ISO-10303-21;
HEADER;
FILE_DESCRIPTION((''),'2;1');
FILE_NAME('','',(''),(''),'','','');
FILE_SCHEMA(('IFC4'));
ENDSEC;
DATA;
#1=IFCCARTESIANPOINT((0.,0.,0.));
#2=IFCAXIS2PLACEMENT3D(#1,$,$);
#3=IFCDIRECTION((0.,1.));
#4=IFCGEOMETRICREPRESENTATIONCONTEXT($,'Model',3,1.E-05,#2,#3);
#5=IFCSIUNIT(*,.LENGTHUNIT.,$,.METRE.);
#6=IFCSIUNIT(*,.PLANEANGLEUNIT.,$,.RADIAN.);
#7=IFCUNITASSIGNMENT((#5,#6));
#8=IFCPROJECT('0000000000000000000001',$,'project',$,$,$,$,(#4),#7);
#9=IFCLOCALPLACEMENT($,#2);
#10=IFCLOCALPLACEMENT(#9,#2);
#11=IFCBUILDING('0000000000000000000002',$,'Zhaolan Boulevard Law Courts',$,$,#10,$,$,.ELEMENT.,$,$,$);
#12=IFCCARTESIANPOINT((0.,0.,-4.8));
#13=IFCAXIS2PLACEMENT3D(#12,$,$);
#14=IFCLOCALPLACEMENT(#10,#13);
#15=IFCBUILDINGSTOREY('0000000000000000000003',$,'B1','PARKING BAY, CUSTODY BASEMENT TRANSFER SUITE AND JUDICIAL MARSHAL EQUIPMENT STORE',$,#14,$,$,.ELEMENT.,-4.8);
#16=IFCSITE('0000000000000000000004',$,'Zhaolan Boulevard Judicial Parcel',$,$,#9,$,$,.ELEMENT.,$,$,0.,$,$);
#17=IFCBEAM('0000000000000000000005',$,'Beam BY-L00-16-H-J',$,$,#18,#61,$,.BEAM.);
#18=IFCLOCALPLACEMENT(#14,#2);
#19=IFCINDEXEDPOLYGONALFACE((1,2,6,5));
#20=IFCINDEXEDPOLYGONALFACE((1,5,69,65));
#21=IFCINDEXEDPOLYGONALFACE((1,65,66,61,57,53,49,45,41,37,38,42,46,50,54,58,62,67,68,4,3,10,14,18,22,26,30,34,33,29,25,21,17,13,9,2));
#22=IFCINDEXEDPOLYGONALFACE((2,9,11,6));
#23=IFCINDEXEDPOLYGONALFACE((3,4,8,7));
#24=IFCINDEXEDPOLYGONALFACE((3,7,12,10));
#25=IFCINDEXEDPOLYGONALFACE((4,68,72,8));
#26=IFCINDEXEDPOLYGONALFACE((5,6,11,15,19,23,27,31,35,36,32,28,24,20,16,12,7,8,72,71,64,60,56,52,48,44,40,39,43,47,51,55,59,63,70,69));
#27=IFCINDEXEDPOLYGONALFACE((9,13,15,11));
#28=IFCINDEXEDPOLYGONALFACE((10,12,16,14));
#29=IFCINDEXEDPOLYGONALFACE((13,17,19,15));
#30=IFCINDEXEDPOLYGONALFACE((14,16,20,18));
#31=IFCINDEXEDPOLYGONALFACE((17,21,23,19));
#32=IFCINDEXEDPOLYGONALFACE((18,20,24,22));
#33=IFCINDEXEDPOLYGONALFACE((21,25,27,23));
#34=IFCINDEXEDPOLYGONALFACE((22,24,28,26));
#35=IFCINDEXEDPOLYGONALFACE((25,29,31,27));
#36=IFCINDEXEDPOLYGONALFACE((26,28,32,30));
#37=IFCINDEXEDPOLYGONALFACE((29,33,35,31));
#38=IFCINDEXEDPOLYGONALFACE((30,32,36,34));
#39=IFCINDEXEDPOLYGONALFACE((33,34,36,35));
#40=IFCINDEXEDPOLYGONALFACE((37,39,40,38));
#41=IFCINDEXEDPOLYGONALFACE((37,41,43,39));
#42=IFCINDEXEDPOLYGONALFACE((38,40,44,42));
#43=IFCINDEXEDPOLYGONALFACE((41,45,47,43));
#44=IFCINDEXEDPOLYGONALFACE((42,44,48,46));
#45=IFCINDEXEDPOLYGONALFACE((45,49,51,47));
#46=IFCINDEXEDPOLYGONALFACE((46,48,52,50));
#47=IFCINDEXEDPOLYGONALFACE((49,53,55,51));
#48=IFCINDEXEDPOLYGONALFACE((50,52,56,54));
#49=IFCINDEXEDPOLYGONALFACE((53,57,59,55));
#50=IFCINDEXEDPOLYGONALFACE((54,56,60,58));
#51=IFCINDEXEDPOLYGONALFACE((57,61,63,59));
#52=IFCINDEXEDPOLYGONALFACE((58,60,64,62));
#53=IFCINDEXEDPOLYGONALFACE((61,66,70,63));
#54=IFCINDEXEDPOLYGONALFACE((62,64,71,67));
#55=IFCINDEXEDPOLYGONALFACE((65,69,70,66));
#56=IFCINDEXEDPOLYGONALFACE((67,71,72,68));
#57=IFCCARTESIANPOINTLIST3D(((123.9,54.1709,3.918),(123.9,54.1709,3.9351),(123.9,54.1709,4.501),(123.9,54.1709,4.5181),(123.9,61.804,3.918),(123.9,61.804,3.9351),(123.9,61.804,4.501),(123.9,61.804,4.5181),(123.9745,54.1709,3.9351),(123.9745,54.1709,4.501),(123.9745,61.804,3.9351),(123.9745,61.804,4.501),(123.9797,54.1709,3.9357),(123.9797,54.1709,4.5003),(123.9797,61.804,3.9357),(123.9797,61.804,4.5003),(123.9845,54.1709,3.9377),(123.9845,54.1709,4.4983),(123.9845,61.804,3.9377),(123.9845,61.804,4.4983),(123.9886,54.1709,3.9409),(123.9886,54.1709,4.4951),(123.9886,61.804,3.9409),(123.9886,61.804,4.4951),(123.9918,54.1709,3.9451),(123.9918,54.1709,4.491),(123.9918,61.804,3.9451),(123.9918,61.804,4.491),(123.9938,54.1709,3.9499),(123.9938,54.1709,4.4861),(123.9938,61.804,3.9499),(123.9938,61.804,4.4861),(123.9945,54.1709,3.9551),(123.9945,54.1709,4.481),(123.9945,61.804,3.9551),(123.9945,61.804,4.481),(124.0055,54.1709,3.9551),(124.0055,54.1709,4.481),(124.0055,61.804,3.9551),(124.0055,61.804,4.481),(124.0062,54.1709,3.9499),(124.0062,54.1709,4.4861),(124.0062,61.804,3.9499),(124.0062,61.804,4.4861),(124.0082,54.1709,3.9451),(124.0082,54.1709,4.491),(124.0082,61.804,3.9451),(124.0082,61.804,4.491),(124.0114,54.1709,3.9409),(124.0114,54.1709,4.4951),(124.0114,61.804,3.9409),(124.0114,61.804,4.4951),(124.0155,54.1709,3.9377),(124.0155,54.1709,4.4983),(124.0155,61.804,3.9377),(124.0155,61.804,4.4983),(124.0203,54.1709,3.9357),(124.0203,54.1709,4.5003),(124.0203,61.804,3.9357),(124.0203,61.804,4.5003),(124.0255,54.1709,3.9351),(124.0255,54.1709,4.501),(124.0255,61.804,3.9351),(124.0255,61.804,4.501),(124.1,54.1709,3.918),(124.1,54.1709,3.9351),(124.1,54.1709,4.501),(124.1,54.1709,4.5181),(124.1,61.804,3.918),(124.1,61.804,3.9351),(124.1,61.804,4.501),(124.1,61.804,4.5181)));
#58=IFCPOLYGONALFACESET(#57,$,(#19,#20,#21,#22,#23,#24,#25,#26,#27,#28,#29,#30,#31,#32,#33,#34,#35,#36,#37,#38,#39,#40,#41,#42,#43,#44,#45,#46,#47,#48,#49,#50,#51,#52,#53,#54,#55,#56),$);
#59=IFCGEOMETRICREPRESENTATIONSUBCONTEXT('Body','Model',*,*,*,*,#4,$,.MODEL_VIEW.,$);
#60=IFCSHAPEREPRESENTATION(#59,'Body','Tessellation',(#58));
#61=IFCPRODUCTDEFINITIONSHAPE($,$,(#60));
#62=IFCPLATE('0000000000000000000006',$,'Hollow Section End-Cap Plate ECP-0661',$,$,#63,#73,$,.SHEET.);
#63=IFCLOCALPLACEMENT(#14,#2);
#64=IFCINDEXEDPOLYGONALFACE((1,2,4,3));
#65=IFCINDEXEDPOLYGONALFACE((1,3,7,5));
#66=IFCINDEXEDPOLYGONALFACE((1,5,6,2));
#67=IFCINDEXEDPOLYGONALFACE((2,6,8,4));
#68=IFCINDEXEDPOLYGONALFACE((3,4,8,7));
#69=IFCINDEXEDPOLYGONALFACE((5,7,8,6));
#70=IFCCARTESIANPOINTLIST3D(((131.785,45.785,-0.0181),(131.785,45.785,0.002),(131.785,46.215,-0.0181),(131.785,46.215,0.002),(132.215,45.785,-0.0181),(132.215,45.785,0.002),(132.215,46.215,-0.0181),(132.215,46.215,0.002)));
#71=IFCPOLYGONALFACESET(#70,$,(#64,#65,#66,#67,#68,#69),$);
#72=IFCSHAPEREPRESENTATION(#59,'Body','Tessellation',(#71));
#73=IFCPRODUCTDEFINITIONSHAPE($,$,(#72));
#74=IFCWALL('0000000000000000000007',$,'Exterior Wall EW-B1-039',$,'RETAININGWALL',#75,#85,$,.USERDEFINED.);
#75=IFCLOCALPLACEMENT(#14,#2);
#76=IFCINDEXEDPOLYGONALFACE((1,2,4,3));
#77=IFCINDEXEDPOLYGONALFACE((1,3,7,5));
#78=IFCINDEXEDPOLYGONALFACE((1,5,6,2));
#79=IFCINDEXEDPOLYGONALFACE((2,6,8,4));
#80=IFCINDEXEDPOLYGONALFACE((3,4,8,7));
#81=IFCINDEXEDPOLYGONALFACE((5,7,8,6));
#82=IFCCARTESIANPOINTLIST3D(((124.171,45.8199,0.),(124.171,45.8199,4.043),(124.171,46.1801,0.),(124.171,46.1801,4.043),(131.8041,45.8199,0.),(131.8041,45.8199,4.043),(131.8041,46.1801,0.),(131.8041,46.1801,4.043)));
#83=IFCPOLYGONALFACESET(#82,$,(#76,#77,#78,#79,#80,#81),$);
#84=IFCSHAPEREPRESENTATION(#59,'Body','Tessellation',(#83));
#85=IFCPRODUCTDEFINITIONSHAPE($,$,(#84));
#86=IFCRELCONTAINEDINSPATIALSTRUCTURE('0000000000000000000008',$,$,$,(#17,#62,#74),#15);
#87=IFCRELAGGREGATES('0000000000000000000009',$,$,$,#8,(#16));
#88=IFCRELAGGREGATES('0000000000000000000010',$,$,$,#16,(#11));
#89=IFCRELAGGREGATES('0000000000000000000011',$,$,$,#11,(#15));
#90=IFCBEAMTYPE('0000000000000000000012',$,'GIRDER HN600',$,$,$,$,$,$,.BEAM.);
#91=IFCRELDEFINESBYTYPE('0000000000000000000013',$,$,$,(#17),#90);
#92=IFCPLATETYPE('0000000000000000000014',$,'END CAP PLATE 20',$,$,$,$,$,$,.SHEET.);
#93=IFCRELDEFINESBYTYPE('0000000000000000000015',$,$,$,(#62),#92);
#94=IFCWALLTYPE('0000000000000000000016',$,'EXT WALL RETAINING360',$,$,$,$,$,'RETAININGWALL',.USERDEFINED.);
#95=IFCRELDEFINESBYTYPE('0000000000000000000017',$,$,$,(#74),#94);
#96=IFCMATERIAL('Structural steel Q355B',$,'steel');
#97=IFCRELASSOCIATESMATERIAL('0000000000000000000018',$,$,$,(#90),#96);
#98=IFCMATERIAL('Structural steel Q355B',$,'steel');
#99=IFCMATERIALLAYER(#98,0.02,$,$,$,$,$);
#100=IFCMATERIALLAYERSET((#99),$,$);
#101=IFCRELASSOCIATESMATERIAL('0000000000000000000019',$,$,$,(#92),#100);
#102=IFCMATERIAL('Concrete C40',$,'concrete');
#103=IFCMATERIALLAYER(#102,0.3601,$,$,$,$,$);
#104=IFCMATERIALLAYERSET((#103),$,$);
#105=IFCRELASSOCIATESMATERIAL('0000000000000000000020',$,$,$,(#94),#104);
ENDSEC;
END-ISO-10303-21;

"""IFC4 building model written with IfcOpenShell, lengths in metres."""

from ifc_helpers import new_model, si_unit, direction, frame, frame_2d, origin, origin_2d, place, context, subcontext, project, spatial, rectangle, i_section, extrude, material, layer, layer_set, material_profile, profile_set, type_object, element, save


model = new_model("IFC4")

# Units and contexts
model_context = context("Model", 3, precision=1e-05, world=origin(), true_north=direction((0.0, 1.0)))
body_context = subcontext(model_context, "Body", "Model", "MODEL_VIEW")
ifc_project = project(units=[si_unit("LENGTHUNIT", "METRE"), si_unit("PLANEANGLEUNIT", "RADIAN")], contexts=[model_context])

# Site, building, storey
site_placement = place(None, origin())
site = spatial("IfcSite", under=ifc_project, at=site_placement, Name="Zhaolan Boulevard Judicial Parcel", CompositionType="ELEMENT", RefElevation=0.0)
building_placement = place(site_placement, origin())
building = spatial("IfcBuilding", under=site, at=building_placement, Name="Zhaolan Boulevard Law Courts", CompositionType="ELEMENT")
storey_placement = place(building_placement, frame((0.0, 0.0, -4.8)))
storey = spatial("IfcBuildingStorey", under=building, at=storey_placement, Name="B1", Description="PARKING BAY, CUSTODY BASEMENT TRANSFER SUITE AND JUDICIAL MARSHAL EQUIPMENT STORE", CompositionType="ELEMENT", Elevation=-4.8)

# Beam
ifc_material_1 = material(Name="Structural steel Q355B", Category="steel")
ifc_material_profile_1 = material_profile(ifc_material_1, i_section(OverallWidth=0.2, OverallDepth=0.6001, WebThickness=0.011, FlangeThickness=0.0171, FilletRadius=0.02, at=origin_2d()), Name="HN600x200")
ifc_profile_set_1 = profile_set([ifc_material_profile_1], Name="Structural steel Q355B")
beam_type_1 = type_object("IfcBeamType", Name="GIRDER HN600", PredefinedType="BEAM", material=ifc_profile_set_1)
beam_1_placement = place(storey_placement, frame((124.0, 54.1709, 4.218), z_axis=(0.0, 1.0, 0.0), x_axis=(-1.0, 0.0, 0.0)))
element("IfcBeam", 1, at=beam_1_placement, inside=storey, type_object=beam_type_1, Name="Beam BY-L00-16-H-J", PredefinedType="BEAM", context=body_context, shape_type="SweptSolid", body=[
    extrude(i_section(OverallWidth=0.2, OverallDepth=0.6001, WebThickness=0.011, FlangeThickness=0.0171, FilletRadius=0.02, at=origin_2d()), origin(), (0.0, 0.0, 1.0), 7.6331),
])

# Plate
ifc_material_2 = material(Name="Structural steel Q355B", Category="steel")
ifc_layer_1 = layer(ifc_material_2, 0.02)
ifc_layer_set_1 = layer_set([ifc_layer_1])
plate_type = type_object("IfcPlateType", Name="END CAP PLATE 20", PredefinedType="SHEET", material=ifc_layer_set_1)
plate_placement = place(storey_placement, frame((132.0, 46.0, -0.0181), z_axis=(0.0, 0.0, 1.0), x_axis=(1.0, 0.0, 0.0)))
element("IfcPlate", 2, at=plate_placement, inside=storey, type_object=plate_type, Name="Hollow Section End-Cap Plate ECP-0661", PredefinedType="SHEET", context=body_context, shape_type="SweptSolid", body=[
    extrude(rectangle(XDim=0.4299, YDim=0.4299, at=origin_2d()), origin(), (0.0, 0.0, 1.0), 0.02),
])

# Wall
ifc_material_3 = material(Name="Concrete C40", Category="concrete")
ifc_layer_2 = layer(ifc_material_3, 0.3601)
ifc_layer_set_2 = layer_set([ifc_layer_2])
wall_type = type_object("IfcWallType", Name="EXT WALL RETAINING360", ElementType="RETAININGWALL", PredefinedType="USERDEFINED", material=ifc_layer_set_2)
wall_placement = place(storey_placement, frame((131.804, 46.0, 0.0), z_axis=(0.0, 0.0, 1.0), x_axis=(-1.0, 0.0, 0.0)))
element("IfcWall", 3, at=wall_placement, inside=storey, type_object=wall_type, Name="Exterior Wall EW-B1-039", ObjectType="RETAININGWALL", PredefinedType="USERDEFINED", context=body_context, shape_type="SweptSolid", body=[
    extrude(rectangle(XDim=7.6331, YDim=0.3601, at=frame_2d((3.8164, 0.0))), origin(), (0.0, 0.0, 1.0), 4.043),
])

save(model, "model.ifc")
